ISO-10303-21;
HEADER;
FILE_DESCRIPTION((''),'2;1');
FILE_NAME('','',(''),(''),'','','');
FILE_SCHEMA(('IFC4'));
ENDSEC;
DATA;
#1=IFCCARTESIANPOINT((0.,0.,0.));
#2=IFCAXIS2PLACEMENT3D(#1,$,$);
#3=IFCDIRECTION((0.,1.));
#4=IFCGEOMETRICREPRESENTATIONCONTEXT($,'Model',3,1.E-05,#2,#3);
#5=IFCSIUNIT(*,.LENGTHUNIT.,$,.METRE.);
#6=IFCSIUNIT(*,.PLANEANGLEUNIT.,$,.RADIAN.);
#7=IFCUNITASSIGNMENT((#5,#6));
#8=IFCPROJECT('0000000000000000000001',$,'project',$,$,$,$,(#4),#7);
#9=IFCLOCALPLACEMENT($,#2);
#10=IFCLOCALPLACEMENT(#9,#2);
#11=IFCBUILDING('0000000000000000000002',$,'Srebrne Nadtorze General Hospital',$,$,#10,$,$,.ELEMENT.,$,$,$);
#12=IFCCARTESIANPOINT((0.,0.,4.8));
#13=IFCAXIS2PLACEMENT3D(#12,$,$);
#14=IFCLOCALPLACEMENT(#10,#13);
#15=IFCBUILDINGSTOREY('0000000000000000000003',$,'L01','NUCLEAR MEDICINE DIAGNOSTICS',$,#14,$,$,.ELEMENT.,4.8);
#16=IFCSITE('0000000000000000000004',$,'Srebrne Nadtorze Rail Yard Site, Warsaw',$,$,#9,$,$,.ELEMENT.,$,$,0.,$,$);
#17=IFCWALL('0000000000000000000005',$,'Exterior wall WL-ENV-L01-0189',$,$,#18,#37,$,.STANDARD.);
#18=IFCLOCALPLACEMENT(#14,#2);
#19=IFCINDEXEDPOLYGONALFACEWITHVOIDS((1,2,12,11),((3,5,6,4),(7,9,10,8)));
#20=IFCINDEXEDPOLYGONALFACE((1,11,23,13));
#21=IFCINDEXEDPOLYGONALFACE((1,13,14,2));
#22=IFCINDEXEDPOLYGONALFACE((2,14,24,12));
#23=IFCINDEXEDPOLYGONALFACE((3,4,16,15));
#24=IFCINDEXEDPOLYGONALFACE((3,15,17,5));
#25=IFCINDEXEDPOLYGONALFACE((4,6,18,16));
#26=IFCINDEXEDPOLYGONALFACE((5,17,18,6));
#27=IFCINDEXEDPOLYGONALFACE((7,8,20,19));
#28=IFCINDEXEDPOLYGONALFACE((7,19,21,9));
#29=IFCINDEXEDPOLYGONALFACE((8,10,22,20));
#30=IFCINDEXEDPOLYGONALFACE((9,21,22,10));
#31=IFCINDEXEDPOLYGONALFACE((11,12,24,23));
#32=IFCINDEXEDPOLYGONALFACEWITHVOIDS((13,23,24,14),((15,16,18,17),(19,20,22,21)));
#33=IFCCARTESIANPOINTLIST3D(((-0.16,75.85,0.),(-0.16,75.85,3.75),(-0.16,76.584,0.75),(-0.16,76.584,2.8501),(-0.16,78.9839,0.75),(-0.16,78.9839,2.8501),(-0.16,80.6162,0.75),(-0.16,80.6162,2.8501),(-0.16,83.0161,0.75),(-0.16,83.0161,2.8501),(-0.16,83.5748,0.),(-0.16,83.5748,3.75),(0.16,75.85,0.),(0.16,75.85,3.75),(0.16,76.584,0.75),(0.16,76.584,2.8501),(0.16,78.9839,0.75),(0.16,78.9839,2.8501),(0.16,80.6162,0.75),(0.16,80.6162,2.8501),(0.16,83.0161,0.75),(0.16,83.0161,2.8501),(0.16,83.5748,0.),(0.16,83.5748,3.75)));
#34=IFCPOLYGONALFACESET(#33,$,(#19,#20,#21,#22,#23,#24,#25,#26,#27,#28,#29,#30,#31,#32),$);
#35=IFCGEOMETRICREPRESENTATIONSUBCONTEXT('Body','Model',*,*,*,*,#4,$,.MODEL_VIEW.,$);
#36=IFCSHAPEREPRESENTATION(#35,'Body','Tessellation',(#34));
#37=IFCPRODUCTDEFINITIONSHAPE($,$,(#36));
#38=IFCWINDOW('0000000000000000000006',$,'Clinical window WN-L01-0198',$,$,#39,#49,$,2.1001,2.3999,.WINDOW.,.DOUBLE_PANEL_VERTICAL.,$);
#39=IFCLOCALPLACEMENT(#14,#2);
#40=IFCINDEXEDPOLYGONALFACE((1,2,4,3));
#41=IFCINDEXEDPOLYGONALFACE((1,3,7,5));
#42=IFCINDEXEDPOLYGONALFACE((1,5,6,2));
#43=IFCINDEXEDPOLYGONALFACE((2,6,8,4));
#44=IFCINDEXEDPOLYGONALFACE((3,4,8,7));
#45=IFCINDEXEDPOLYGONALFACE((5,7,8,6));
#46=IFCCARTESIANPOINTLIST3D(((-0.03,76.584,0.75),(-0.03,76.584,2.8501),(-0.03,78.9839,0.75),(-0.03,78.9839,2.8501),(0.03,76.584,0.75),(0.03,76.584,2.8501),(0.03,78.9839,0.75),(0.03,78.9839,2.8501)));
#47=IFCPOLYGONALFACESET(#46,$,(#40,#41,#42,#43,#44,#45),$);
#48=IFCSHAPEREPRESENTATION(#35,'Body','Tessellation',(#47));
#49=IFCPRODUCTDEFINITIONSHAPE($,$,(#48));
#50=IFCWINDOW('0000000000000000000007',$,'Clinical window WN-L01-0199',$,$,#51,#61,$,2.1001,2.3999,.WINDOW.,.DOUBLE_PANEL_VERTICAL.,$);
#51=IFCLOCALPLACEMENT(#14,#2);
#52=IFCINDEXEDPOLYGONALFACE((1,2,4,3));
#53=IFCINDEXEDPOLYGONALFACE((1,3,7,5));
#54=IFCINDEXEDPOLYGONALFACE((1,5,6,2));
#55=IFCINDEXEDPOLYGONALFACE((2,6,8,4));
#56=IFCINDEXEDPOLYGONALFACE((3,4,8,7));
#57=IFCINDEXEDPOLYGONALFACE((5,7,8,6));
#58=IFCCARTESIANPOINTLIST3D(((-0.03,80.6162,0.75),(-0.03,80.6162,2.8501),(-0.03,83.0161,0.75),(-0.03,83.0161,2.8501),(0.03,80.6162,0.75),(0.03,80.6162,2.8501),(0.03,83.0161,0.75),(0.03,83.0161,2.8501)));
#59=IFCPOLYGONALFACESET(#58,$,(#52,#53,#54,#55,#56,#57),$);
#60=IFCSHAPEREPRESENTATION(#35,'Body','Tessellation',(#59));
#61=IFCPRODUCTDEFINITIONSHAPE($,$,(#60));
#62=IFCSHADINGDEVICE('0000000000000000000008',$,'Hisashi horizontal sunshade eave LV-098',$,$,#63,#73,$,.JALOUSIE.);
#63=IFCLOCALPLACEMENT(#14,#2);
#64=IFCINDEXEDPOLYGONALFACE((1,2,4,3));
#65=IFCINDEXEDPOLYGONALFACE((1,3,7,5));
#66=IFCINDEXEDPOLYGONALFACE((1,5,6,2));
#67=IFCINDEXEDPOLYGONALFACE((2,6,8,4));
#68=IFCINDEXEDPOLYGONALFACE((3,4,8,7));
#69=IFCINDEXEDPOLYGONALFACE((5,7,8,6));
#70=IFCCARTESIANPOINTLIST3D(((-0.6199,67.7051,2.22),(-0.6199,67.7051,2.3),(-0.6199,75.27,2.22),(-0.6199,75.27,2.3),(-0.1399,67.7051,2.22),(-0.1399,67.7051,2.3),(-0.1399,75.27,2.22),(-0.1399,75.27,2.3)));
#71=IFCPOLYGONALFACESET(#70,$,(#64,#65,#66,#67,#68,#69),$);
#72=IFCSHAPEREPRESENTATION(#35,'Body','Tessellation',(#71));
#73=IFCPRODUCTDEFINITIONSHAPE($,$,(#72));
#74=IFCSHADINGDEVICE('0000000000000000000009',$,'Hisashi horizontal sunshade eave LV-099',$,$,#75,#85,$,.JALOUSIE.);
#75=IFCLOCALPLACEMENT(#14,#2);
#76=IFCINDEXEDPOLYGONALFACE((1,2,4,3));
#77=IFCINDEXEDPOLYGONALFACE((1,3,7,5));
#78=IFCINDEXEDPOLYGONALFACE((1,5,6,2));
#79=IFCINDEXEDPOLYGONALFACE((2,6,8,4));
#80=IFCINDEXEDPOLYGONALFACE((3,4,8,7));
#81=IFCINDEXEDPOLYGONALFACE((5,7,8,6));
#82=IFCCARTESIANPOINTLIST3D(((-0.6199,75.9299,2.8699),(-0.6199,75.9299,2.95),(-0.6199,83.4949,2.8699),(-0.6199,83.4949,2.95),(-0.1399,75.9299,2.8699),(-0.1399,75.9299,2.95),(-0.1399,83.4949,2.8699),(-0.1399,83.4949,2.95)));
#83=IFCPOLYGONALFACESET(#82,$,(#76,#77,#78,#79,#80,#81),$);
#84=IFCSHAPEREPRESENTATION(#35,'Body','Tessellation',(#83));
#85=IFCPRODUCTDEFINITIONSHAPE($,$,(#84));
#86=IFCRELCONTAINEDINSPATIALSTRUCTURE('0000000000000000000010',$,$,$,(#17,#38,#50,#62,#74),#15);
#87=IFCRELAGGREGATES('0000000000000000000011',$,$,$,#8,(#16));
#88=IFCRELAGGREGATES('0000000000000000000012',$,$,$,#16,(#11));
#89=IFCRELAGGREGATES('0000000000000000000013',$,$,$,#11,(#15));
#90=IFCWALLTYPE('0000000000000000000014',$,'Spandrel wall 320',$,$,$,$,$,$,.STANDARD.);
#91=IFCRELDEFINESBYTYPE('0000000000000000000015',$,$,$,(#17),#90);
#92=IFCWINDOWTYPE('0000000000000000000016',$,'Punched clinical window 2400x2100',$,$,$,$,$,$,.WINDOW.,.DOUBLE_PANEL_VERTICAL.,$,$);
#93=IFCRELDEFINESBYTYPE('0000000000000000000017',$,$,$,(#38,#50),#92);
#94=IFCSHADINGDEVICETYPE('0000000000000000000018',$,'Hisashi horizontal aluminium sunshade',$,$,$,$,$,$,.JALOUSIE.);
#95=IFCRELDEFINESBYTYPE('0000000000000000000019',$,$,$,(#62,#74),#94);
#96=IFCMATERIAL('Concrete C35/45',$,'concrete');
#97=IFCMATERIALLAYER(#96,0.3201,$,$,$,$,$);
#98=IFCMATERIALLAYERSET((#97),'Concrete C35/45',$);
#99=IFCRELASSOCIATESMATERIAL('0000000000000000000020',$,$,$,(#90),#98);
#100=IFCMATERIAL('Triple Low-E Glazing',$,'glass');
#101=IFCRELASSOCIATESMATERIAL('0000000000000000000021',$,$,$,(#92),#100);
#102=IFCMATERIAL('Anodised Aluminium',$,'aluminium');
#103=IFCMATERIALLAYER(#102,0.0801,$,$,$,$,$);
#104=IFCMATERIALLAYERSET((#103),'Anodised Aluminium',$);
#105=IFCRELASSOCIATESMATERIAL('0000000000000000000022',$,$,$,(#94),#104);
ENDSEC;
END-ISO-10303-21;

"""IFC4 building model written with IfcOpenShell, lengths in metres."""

from ifc_helpers import new_model, si_unit, direction, frame, frame_2d, origin, origin_2d, place, context, subcontext, project, spatial, rectangle, extrude, material, layer, layer_set, type_object, element, fill, save


model = new_model("IFC4")

# Units and contexts
model_context = context("Model", 3, precision=1e-05, world=origin(), true_north=direction((0.0, 1.0)))
body_context = subcontext(model_context, "Body", "Model", "MODEL_VIEW")
ifc_project = project(units=[si_unit("LENGTHUNIT", "METRE"), si_unit("PLANEANGLEUNIT", "RADIAN")], contexts=[model_context])

# Site, building, storey
site_placement = place(None, origin())
site = spatial("IfcSite", under=ifc_project, at=site_placement, Name="Srebrne Nadtorze Rail Yard Site, Warsaw", CompositionType="ELEMENT", RefElevation=0.0)
building_placement = place(site_placement, origin())
building = spatial("IfcBuilding", under=site, at=building_placement, Name="Srebrne Nadtorze General Hospital", CompositionType="ELEMENT")
storey_placement = place(building_placement, frame((0.0, 0.0, 4.8)))
storey = spatial("IfcBuildingStorey", under=building, at=storey_placement, Name="L01", Description="NUCLEAR MEDICINE DIAGNOSTICS", CompositionType="ELEMENT", Elevation=4.8)

# Wall, openings, windows
ifc_material_1 = material(Name="Concrete C35/45", Category="concrete")
ifc_layer_1 = layer(ifc_material_1, 0.3201)
ifc_layer_set_1 = layer_set([ifc_layer_1], Name="Concrete C35/45")
wall_type_1 = type_object("IfcWallType", Name="Spandrel wall 320", PredefinedType="STANDARD", material=ifc_layer_set_1)
wall_1_placement = place(storey_placement, frame((0.0, 75.8501, 0.0), z_axis=(0.0, 0.0, 1.0), x_axis=(0.0, 1.0, 0.0)))
wall_1 = element("IfcWall", 1, at=wall_1_placement, inside=storey, type_object=wall_type_1, Name="Exterior wall WL-ENV-L01-0189", PredefinedType="STANDARD", context=body_context, shape_type="SweptSolid", body=[
    extrude(rectangle(XDim=7.7249, YDim=0.3201, at=frame_2d((3.8623, 0.0))), origin(), (0.0, 0.0, 1.0), 3.75),
])
opening_1_placement = place(wall_1_placement, frame((0.7339, 0.0, 0.75)))
opening_1 = element("IfcOpeningElement", 2, at=opening_1_placement, cuts=wall_1, PredefinedType="OPENING", context=body_context, shape_type="SweptSolid", body=[
    extrude(rectangle(XDim=2.3999, YDim=2.1001, at=frame_2d((1.2, 1.05))), frame((0.0, 0.1719, 0.0), z_axis=(0.0, -1.0, 0.0), x_axis=(1.0, 0.0, 0.0)), (0.0, 0.0, 1.0), 0.344),
])
opening_2_placement = place(wall_1_placement, frame((4.7661, 0.0, 0.75)))
opening_2 = element("IfcOpeningElement", 3, at=opening_2_placement, cuts=wall_1, PredefinedType="OPENING", context=body_context, shape_type="SweptSolid", body=[
    extrude(rectangle(XDim=2.3999, YDim=2.1001, at=frame_2d((1.2, 1.05))), frame((0.0, 0.1719, 0.0), z_axis=(0.0, -1.0, 0.0), x_axis=(1.0, 0.0, 0.0)), (0.0, 0.0, 1.0), 0.344),
])
ifc_material_2 = material(Name="Triple Low-E Glazing", Category="glass")
window_type_1 = type_object("IfcWindowType", Name="Punched clinical window 2400x2100", PartitioningType="DOUBLE_PANEL_VERTICAL", PredefinedType="WINDOW", material=ifc_material_2)
window_1_placement = place(opening_1_placement, origin())
window_1 = element("IfcWindow", 4, at=window_1_placement, inside=storey, type_object=window_type_1, Name="Clinical window WN-L01-0198", OverallHeight=2.1001, OverallWidth=2.3999, PartitioningType="DOUBLE_PANEL_VERTICAL", PredefinedType="WINDOW", context=body_context, shape_type="SweptSolid", body=[
    extrude(rectangle(XDim=2.3999, YDim=2.1001, at=frame_2d((1.2, 1.05))), frame((0.0, 0.03, 0.0), z_axis=(0.0, -1.0, 0.0), x_axis=(1.0, 0.0, 0.0)), (0.0, 0.0, 1.0), 0.0601),
])
fill(opening_1, window_1)
window_2_placement = place(opening_2_placement, origin())
window_2 = element("IfcWindow", 5, at=window_2_placement, inside=storey, type_object=window_type_1, Name="Clinical window WN-L01-0199", OverallHeight=2.1001, OverallWidth=2.3999, PartitioningType="DOUBLE_PANEL_VERTICAL", PredefinedType="WINDOW", context=body_context, shape_type="SweptSolid", body=[
    extrude(rectangle(XDim=2.3999, YDim=2.1001, at=frame_2d((1.2, 1.05))), frame((0.0, 0.03, 0.0), z_axis=(0.0, -1.0, 0.0), x_axis=(1.0, 0.0, 0.0)), (0.0, 0.0, 1.0), 0.0601),
])
fill(opening_2, window_2)

# Shading devices
ifc_material_3 = material(Name="Anodised Aluminium", Category="aluminium")
ifc_layer_2 = layer(ifc_material_3, 0.0801)
ifc_layer_set_2 = layer_set([ifc_layer_2], Name="Anodised Aluminium")
shading_device_type = type_object("IfcShadingDeviceType", Name="Hisashi horizontal aluminium sunshade", PredefinedType="JALOUSIE", material=ifc_layer_set_2)
for number, where, z_axis, x_axis, name in (
    (6, (-0.3799, 71.4875, 2.22), (0.0, 0.0, 1.0), (1.0, 0.0, 0.0), "Hisashi horizontal sunshade eave LV-098"),
    (7, (-0.3799, 79.7124, 2.8699), (0.0, 0.0, 1.0), (1.0, 0.0, 0.0), "Hisashi horizontal sunshade eave LV-099"),
):
    element("IfcShadingDevice", number, at=place(storey_placement, frame(where, z_axis=z_axis, x_axis=x_axis)), inside=storey, type_object=shading_device_type, Name=name, PredefinedType="JALOUSIE", context=body_context, shape_type="SweptSolid", body=[
        extrude(rectangle(XDim=0.48, YDim=7.5649, at=origin_2d()), origin(), (0.0, 0.0, 1.0), 0.0801),
    ])

save(model, "model.ifc")
